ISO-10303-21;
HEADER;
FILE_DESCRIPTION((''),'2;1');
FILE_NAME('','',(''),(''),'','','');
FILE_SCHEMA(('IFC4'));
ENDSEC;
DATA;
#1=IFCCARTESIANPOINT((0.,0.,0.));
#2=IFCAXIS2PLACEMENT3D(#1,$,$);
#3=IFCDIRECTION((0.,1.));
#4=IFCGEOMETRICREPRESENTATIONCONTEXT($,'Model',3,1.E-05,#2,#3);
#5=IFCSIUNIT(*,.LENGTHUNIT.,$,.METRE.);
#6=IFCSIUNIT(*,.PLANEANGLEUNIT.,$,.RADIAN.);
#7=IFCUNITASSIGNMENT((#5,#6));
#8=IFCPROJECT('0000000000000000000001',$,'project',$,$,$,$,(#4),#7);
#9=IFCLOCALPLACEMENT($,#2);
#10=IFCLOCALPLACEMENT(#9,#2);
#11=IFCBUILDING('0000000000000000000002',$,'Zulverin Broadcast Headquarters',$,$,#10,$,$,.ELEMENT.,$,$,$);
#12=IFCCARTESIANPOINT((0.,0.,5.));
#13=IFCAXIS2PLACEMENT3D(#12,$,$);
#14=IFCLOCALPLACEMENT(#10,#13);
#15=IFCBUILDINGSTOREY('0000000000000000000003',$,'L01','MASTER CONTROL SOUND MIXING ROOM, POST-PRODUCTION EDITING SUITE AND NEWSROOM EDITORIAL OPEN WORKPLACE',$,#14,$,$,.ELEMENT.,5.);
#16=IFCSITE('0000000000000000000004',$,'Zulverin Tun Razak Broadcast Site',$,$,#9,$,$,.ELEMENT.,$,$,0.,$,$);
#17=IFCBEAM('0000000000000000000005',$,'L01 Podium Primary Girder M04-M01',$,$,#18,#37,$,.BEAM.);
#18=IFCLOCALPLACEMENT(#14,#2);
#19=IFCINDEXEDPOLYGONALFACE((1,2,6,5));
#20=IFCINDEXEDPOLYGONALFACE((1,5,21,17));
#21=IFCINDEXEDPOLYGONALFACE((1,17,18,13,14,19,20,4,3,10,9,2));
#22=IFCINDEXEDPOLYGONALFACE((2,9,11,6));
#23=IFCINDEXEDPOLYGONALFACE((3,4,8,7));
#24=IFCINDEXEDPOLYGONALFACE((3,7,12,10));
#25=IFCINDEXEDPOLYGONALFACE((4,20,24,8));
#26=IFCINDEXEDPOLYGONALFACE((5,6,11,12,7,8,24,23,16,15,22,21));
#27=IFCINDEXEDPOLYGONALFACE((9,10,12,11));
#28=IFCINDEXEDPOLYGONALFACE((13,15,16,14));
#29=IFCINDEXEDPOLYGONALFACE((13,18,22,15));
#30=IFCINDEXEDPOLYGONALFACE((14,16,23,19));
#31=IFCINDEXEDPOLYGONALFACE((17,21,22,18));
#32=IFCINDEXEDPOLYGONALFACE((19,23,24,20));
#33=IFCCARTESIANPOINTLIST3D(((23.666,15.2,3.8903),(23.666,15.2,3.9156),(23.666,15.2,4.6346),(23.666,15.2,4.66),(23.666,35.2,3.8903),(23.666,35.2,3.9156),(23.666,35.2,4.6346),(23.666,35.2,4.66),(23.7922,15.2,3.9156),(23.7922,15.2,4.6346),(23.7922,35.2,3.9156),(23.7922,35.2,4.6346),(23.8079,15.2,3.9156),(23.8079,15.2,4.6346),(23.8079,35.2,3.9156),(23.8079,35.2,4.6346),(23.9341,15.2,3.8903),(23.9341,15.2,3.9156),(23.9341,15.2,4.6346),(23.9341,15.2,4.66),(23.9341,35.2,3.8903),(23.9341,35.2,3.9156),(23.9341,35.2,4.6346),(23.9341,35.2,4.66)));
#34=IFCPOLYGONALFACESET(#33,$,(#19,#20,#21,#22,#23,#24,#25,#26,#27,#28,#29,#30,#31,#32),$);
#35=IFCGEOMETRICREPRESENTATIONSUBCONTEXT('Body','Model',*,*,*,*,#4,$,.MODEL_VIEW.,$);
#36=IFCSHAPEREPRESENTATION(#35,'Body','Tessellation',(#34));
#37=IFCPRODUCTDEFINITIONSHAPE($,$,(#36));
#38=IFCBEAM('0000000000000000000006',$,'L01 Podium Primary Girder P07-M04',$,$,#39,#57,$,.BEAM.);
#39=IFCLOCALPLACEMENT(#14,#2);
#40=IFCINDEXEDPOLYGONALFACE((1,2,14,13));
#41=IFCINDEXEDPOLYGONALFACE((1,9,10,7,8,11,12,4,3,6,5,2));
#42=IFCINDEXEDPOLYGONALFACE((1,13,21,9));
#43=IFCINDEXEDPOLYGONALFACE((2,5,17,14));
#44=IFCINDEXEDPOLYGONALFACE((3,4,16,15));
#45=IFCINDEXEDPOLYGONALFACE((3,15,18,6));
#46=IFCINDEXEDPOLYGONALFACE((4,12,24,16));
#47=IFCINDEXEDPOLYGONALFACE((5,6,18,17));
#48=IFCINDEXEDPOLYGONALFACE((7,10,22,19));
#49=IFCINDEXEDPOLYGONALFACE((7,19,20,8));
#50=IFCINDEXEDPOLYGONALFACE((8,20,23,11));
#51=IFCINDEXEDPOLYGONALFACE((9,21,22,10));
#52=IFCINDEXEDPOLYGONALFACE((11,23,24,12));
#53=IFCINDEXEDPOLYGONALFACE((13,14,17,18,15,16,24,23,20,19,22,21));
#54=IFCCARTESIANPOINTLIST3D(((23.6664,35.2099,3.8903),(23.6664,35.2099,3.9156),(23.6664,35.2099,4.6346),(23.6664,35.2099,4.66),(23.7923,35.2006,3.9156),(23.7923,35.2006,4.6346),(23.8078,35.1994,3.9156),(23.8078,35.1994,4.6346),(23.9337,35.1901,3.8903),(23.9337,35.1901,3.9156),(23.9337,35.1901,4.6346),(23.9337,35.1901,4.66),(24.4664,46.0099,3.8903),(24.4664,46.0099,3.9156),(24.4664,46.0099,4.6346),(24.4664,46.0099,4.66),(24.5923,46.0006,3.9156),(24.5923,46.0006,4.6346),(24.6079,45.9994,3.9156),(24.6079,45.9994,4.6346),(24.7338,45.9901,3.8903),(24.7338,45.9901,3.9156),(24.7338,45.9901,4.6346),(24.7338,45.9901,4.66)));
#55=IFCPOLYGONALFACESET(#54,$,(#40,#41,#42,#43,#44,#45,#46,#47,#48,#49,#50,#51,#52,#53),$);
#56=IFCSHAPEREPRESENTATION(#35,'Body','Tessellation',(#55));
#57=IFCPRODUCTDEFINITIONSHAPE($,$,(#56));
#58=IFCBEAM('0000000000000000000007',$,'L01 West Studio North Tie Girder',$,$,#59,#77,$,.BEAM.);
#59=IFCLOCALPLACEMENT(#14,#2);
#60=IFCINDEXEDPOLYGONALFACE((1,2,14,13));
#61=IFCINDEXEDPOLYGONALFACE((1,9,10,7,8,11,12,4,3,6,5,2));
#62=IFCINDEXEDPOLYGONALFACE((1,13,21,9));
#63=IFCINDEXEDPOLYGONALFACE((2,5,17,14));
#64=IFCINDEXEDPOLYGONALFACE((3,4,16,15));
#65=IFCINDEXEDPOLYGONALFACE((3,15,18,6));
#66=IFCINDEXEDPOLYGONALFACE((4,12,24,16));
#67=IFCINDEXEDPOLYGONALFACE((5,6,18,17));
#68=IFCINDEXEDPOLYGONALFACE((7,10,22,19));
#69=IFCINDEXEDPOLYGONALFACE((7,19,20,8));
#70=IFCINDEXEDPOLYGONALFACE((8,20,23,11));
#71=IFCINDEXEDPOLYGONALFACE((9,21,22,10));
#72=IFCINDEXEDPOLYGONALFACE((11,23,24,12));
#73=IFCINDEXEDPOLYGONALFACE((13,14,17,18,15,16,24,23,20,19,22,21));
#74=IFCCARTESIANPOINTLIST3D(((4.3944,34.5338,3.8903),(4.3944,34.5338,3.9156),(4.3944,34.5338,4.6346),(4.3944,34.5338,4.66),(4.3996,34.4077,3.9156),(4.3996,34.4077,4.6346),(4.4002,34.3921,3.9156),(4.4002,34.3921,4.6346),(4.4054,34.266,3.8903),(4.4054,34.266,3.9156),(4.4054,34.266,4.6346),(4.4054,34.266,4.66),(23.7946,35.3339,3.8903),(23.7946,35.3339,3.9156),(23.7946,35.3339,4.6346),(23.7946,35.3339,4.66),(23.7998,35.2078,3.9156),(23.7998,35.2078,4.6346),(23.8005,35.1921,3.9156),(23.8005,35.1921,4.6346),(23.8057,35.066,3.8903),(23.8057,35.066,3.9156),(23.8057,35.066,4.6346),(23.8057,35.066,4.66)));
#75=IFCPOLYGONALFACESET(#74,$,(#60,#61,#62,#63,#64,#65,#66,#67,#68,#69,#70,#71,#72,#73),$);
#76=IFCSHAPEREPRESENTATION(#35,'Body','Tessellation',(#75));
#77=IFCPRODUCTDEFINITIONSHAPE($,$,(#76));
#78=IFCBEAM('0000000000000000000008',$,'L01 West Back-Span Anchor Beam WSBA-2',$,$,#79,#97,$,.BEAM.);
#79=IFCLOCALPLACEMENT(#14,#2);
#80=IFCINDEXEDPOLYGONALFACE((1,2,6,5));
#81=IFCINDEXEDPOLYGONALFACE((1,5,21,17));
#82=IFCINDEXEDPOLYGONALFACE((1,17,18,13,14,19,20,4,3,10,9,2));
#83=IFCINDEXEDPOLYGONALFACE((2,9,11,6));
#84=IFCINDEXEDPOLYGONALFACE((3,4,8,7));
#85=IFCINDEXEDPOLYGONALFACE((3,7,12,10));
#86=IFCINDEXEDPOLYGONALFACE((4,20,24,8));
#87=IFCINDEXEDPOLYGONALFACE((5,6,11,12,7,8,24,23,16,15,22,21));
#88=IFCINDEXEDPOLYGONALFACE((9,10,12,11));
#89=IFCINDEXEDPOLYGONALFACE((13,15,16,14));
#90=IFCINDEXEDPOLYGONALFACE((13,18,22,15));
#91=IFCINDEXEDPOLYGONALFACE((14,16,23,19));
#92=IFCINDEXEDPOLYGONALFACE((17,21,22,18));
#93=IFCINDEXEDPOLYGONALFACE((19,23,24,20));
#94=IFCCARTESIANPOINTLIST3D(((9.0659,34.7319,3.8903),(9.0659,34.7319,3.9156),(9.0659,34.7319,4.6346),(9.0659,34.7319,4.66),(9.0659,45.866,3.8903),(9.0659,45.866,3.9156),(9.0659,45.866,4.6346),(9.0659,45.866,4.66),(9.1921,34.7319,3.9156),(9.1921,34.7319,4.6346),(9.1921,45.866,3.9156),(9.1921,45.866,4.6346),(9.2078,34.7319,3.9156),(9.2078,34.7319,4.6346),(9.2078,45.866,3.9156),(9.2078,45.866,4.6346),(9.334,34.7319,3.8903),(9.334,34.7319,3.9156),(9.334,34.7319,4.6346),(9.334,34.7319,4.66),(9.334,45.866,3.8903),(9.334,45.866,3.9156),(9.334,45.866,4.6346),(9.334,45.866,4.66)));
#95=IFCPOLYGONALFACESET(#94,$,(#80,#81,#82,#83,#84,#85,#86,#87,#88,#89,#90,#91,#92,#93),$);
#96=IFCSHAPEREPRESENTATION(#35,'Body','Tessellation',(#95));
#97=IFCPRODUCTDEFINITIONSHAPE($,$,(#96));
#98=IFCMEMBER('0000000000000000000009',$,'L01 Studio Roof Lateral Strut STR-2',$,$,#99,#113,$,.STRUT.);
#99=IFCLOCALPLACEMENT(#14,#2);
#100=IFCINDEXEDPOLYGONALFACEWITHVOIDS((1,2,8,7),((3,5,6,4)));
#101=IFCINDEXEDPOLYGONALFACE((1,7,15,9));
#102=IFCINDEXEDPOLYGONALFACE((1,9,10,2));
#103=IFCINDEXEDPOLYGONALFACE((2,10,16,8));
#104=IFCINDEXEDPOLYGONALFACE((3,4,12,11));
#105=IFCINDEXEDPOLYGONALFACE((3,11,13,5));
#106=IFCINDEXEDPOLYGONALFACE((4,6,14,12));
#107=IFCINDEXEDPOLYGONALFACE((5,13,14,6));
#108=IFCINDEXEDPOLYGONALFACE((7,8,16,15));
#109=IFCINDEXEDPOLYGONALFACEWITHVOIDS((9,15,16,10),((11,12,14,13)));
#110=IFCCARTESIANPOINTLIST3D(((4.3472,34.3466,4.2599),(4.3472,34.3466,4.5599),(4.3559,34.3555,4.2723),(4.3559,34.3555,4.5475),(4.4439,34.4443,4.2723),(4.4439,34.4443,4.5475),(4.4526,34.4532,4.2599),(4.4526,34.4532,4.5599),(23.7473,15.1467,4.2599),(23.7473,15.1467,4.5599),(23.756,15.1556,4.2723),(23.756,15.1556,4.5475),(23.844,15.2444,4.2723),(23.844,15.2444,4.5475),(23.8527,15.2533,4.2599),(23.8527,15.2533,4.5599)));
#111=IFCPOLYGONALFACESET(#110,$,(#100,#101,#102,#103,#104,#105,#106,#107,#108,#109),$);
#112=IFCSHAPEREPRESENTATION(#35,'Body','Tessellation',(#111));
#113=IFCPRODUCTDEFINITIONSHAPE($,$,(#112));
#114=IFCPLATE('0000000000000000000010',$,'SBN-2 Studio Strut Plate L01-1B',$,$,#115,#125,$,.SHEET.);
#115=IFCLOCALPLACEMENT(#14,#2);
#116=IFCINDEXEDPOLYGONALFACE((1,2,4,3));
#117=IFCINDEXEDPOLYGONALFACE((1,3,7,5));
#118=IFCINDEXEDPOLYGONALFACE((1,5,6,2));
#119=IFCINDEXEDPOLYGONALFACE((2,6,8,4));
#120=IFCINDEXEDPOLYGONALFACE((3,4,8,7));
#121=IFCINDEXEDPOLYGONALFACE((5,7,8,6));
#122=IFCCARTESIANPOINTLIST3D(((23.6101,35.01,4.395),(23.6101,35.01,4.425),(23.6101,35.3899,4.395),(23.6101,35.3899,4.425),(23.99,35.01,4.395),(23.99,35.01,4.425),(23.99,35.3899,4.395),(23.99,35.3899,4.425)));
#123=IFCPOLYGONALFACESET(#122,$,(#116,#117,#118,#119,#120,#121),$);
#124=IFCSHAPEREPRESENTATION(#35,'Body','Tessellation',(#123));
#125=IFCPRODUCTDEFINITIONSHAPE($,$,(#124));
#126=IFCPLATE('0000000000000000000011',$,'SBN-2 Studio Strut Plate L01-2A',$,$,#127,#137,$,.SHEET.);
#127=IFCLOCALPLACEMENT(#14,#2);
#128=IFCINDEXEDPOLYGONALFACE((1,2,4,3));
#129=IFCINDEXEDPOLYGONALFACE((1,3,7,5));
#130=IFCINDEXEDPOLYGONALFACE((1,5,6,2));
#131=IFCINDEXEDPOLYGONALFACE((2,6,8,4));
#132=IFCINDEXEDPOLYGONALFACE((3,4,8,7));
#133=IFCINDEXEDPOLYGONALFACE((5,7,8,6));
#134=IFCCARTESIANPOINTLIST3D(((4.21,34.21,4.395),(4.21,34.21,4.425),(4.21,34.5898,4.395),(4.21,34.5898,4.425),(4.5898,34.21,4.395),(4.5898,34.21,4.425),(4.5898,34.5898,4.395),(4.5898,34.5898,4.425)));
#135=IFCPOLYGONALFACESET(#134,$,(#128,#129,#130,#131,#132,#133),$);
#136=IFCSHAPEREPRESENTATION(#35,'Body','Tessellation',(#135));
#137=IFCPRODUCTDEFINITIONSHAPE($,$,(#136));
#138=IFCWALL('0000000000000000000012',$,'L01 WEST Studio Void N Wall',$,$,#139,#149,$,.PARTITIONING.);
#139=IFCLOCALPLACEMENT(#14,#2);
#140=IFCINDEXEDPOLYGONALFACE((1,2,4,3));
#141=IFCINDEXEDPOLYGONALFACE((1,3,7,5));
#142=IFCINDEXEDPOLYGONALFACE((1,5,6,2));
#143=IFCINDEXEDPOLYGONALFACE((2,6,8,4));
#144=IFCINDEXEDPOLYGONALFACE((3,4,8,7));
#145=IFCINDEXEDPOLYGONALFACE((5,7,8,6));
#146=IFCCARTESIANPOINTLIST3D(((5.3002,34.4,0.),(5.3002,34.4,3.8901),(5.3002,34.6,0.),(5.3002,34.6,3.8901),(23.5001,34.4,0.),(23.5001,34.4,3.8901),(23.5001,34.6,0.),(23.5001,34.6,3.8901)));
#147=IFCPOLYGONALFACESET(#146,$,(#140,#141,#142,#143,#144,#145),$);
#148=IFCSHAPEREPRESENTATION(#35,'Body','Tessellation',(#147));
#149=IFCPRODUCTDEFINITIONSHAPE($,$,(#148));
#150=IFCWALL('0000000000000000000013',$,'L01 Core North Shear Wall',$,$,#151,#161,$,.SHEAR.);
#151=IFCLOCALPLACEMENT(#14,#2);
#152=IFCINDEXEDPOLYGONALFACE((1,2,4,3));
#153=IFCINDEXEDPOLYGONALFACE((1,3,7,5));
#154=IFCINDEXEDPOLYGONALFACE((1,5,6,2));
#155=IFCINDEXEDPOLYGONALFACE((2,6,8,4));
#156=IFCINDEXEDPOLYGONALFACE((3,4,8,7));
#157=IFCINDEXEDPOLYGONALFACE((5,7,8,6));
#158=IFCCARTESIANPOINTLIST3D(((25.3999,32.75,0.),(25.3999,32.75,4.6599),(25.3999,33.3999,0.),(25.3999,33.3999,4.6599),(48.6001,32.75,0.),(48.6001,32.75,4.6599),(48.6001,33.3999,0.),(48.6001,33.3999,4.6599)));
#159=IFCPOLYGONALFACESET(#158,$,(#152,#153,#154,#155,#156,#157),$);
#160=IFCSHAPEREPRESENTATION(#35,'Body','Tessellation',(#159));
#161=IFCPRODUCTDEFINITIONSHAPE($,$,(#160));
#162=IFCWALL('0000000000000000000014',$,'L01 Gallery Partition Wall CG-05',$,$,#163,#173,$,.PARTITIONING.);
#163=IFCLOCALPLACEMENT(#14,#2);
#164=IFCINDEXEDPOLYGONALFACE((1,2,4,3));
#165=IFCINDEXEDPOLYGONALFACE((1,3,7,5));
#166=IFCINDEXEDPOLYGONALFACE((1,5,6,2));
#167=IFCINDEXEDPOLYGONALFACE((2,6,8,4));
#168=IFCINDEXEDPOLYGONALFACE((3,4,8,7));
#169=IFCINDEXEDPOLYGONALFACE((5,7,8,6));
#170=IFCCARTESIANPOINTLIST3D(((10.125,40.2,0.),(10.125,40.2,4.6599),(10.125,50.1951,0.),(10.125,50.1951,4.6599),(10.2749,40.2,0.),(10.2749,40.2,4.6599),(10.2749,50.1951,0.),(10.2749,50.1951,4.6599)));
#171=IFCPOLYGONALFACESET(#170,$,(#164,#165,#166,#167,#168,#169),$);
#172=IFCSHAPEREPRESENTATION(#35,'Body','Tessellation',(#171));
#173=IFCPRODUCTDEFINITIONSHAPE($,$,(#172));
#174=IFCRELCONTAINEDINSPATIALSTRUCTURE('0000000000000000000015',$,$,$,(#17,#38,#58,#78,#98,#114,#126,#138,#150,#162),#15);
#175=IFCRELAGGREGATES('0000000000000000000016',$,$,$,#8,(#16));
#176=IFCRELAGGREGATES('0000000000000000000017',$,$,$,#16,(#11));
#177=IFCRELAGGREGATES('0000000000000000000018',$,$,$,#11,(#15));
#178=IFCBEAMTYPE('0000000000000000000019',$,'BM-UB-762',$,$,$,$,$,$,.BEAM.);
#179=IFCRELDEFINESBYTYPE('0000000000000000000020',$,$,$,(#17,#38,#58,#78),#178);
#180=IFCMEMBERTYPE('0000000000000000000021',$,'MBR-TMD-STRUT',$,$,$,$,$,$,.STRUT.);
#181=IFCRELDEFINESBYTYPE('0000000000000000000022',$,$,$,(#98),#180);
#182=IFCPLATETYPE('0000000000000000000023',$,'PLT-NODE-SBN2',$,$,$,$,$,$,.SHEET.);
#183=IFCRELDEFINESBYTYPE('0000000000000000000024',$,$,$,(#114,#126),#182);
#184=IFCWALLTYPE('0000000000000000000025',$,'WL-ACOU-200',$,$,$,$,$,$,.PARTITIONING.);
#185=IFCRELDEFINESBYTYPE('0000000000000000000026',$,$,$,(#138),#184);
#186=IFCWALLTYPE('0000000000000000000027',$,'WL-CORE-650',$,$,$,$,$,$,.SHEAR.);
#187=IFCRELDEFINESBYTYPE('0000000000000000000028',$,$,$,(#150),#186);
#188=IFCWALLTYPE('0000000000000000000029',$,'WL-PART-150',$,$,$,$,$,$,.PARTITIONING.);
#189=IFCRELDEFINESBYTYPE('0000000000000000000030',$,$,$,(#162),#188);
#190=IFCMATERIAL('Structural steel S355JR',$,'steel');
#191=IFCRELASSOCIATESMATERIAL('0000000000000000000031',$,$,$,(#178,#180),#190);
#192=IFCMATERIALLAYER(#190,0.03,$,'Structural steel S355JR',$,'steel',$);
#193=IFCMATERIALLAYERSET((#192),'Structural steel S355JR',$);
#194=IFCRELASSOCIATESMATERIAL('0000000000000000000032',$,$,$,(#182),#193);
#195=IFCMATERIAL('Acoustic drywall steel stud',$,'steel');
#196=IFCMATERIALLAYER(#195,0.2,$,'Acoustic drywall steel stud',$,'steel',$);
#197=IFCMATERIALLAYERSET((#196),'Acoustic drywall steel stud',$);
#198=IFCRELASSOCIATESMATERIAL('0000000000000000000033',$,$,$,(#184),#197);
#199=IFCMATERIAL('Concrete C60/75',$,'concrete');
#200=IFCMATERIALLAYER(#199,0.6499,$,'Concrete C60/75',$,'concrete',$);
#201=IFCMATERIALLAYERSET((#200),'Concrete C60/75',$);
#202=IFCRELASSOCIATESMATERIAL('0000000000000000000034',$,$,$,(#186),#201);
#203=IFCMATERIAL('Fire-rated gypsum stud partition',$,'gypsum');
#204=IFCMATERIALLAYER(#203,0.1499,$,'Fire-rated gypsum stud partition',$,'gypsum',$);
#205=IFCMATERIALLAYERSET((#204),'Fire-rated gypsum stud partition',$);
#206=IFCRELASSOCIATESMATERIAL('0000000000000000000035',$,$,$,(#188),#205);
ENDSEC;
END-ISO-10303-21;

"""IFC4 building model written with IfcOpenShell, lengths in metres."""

from ifc_helpers import new_model, si_unit, direction, frame, frame_2d, origin, origin_2d, place, context, subcontext, project, spatial, rectangle, hollow_rectangle, i_section, extrude, material, layer, layer_set, material_profile, profile_set, type_object, element, save


model = new_model("IFC4")

# Units and contexts
model_context = context("Model", 3, precision=1e-05, world=origin(), true_north=direction((0.0, 1.0)))
body_context = subcontext(model_context, "Body", "Model", "MODEL_VIEW")
ifc_project = project(units=[si_unit("LENGTHUNIT", "METRE"), si_unit("PLANEANGLEUNIT", "RADIAN")], contexts=[model_context])

# Site, building, storey
site_placement = place(None, origin())
site = spatial("IfcSite", under=ifc_project, at=site_placement, Name="Zulverin Tun Razak Broadcast Site", CompositionType="ELEMENT", RefElevation=0.0)
building_placement = place(site_placement, origin())
building = spatial("IfcBuilding", under=site, at=building_placement, Name="Zulverin Broadcast Headquarters", CompositionType="ELEMENT")
storey_placement = place(building_placement, frame((0.0, 0.0, 5.0)))
storey = spatial("IfcBuildingStorey", under=building, at=storey_placement, Name="L01", Description="MASTER CONTROL SOUND MIXING ROOM, POST-PRODUCTION EDITING SUITE AND NEWSROOM EDITORIAL OPEN WORKPLACE", CompositionType="ELEMENT", Elevation=5.0)

# Shared definitions
ifc_material_1 = material(Name="Concrete C60/75", Category="concrete")

# Beams
ifc_material_2 = material(Name="Structural steel S355JR", Category="steel")
ifc_material_profile_1 = material_profile(ifc_material_2, i_section(OverallWidth=0.2681, OverallDepth=0.7698, WebThickness=0.0156, FlangeThickness=0.0254, at=origin_2d()), Name="Structural steel S355JR", Category="steel")
ifc_profile_set_1 = profile_set([ifc_material_profile_1], Name="Structural steel S355JR")
beam_type_1 = type_object("IfcBeamType", Name="BM-UB-762", PredefinedType="BEAM", material=ifc_profile_set_1)
beam_1_placement = place(storey_placement, frame((23.8, 35.2, 4.2751), z_axis=(0.0, -1.0, 0.0), x_axis=(1.0, 0.0, 0.0)))
element("IfcBeam", 1, at=beam_1_placement, inside=storey, type_object=beam_type_1, Name="L01 Podium Primary Girder M04-M01", PredefinedType="BEAM", context=body_context, shape_type="SweptSolid", body=[
    extrude(i_section(OverallWidth=0.2681, OverallDepth=0.7698, WebThickness=0.0156, FlangeThickness=0.0254, at=origin_2d()), origin(), (0.0, 0.0, 1.0), 20.0),
])
beam_2_placement = place(storey_placement, frame((24.6001, 46.0, 4.2751), z_axis=(-0.073876, -0.997267, 0.0), x_axis=(0.997267, -0.073876, 0.0)))
element("IfcBeam", 2, at=beam_2_placement, inside=storey, type_object=beam_type_1, Name="L01 Podium Primary Girder P07-M04", PredefinedType="BEAM", context=body_context, shape_type="SweptSolid", body=[
    extrude(i_section(OverallWidth=0.2681, OverallDepth=0.7698, WebThickness=0.0156, FlangeThickness=0.0254, at=origin_2d()), origin(), (0.0, 0.0, 1.0), 10.8296),
])
beam_3_placement = place(storey_placement, frame((4.3999, 34.3999, 4.2751), z_axis=(0.999151, 0.041204, 0.0), x_axis=(-0.041204, 0.999151, 0.0)))
element("IfcBeam", 3, at=beam_3_placement, inside=storey, type_object=beam_type_1, Name="L01 West Studio North Tie Girder", PredefinedType="BEAM", context=body_context, shape_type="SweptSolid", body=[
    extrude(i_section(OverallWidth=0.2681, OverallDepth=0.7698, WebThickness=0.0156, FlangeThickness=0.0254, at=origin_2d()), origin(), (0.0, 0.0, 1.0), 19.4167),
])
beam_4_placement = place(storey_placement, frame((9.2, 34.7319, 4.2751), z_axis=(0.0, 1.0, 0.0), x_axis=(-1.0, 0.0, 0.0)))
element("IfcBeam", 4, at=beam_4_placement, inside=storey, type_object=beam_type_1, Name="L01 West Back-Span Anchor Beam WSBA-2", PredefinedType="BEAM", context=body_context, shape_type="SweptSolid", body=[
    extrude(i_section(OverallWidth=0.2681, OverallDepth=0.7698, WebThickness=0.0156, FlangeThickness=0.0254, at=origin_2d()), origin(), (0.0, 0.0, 1.0), 11.134),
])

# Member
ifc_material_profile_2 = material_profile(ifc_material_2, hollow_rectangle(XDim=0.1499, YDim=0.3, WallThickness=0.0125, at=origin_2d()), Name="Structural steel S355JR", Category="steel")
ifc_profile_set_2 = profile_set([ifc_material_profile_2], Name="Structural steel S355JR")
member_type = type_object("IfcMemberType", Name="MBR-TMD-STRUT", PredefinedType="STRUT", material=ifc_profile_set_2)
member_placement = place(storey_placement, frame((4.3999, 34.3999, 4.4099), z_axis=(0.710765, -0.70343, 0.0), x_axis=(0.70343, 0.710765, 0.0)))
element("IfcMember", 5, at=member_placement, inside=storey, type_object=member_type, Name="L01 Studio Roof Lateral Strut STR-2", PredefinedType="STRUT", context=body_context, shape_type="SweptSolid", body=[
    extrude(hollow_rectangle(XDim=0.1499, YDim=0.3, WallThickness=0.0125, at=origin_2d()), origin(), (0.0, 0.0, 1.0), 27.2947),
])

# Plates
ifc_layer_1 = layer(ifc_material_2, 0.03, Name="Structural steel S355JR", Category="steel")
ifc_layer_set_1 = layer_set([ifc_layer_1], Name="Structural steel S355JR")
plate_type = type_object("IfcPlateType", Name="PLT-NODE-SBN2", PredefinedType="SHEET", material=ifc_layer_set_1)
for number, where, z_axis, x_axis, name in (
    (6, (23.8, 35.2, 4.395), (0.0, 0.0, 1.0), (1.0, 0.0, 0.0), "SBN-2 Studio Strut Plate L01-1B"),
    (7, (4.3999, 34.3999, 4.395), (0.0, 0.0, 1.0), (1.0, 0.0, 0.0), "SBN-2 Studio Strut Plate L01-2A"),
):
    element("IfcPlate", number, at=place(storey_placement, frame(where, z_axis=z_axis, x_axis=x_axis)), inside=storey, type_object=plate_type, Name=name, PredefinedType="SHEET", context=body_context, shape_type="SweptSolid", body=[
        extrude(rectangle(XDim=0.3799, YDim=0.3799, at=origin_2d()), origin(), (0.0, 0.0, 1.0), 0.03),
    ])

# Walls
ifc_material_3 = material(Name="Acoustic drywall steel stud", Category="steel")
ifc_layer_2 = layer(ifc_material_3, 0.2, Name="Acoustic drywall steel stud", Category="steel")
ifc_layer_set_2 = layer_set([ifc_layer_2], Name="Acoustic drywall steel stud")
wall_type_1 = type_object("IfcWallType", Name="WL-ACOU-200", PredefinedType="PARTITIONING", material=ifc_layer_set_2)
wall_1_placement = place(storey_placement, frame((5.3, 34.5, 0.0), z_axis=(0.0, 0.0, 1.0), x_axis=(1.0, 0.0, 0.0)))
element("IfcWall", 8, at=wall_1_placement, inside=storey, type_object=wall_type_1, Name="L01 WEST Studio Void N Wall", PredefinedType="PARTITIONING", context=body_context, shape_type="SweptSolid", body=[
    extrude(rectangle(XDim=18.2, YDim=0.2, at=frame_2d((9.1001, 0.0))), origin(), (0.0, 0.0, 1.0), 3.8901),
])
ifc_layer_3 = layer(ifc_material_1, 0.6499, Name="Concrete C60/75", Category="concrete")
ifc_layer_set_3 = layer_set([ifc_layer_3], Name="Concrete C60/75")
wall_type_2 = type_object("IfcWallType", Name="WL-CORE-650", PredefinedType="SHEAR", material=ifc_layer_set_3)
wall_2_placement = place(storey_placement, frame((25.3999, 33.075, 0.0), z_axis=(0.0, 0.0, 1.0), x_axis=(1.0, 0.0, 0.0)))
element("IfcWall", 9, at=wall_2_placement, inside=storey, type_object=wall_type_2, Name="L01 Core North Shear Wall", PredefinedType="SHEAR", context=body_context, shape_type="SweptSolid", body=[
    extrude(rectangle(XDim=23.2002, YDim=0.6499, at=frame_2d((11.6001, 0.0))), origin(), (0.0, 0.0, 1.0), 4.6599),
])
ifc_material_4 = material(Name="Fire-rated gypsum stud partition", Category="gypsum")
ifc_layer_4 = layer(ifc_material_4, 0.1499, Name="Fire-rated gypsum stud partition", Category="gypsum")
ifc_layer_set_4 = layer_set([ifc_layer_4], Name="Fire-rated gypsum stud partition")
wall_type_3 = type_object("IfcWallType", Name="WL-PART-150", PredefinedType="PARTITIONING", material=ifc_layer_set_4)
wall_3_placement = place(storey_placement, frame((10.2, 40.2, 0.0), z_axis=(0.0, 0.0, 1.0), x_axis=(0.0, 1.0, 0.0)))
element("IfcWall", 10, at=wall_3_placement, inside=storey, type_object=wall_type_3, Name="L01 Gallery Partition Wall CG-05", PredefinedType="PARTITIONING", context=body_context, shape_type="SweptSolid", body=[
    extrude(rectangle(XDim=9.9951, YDim=0.1499, at=frame_2d((4.9976, 0.0))), origin(), (0.0, 0.0, 1.0), 4.6599),
])

save(model, "model.ifc")
